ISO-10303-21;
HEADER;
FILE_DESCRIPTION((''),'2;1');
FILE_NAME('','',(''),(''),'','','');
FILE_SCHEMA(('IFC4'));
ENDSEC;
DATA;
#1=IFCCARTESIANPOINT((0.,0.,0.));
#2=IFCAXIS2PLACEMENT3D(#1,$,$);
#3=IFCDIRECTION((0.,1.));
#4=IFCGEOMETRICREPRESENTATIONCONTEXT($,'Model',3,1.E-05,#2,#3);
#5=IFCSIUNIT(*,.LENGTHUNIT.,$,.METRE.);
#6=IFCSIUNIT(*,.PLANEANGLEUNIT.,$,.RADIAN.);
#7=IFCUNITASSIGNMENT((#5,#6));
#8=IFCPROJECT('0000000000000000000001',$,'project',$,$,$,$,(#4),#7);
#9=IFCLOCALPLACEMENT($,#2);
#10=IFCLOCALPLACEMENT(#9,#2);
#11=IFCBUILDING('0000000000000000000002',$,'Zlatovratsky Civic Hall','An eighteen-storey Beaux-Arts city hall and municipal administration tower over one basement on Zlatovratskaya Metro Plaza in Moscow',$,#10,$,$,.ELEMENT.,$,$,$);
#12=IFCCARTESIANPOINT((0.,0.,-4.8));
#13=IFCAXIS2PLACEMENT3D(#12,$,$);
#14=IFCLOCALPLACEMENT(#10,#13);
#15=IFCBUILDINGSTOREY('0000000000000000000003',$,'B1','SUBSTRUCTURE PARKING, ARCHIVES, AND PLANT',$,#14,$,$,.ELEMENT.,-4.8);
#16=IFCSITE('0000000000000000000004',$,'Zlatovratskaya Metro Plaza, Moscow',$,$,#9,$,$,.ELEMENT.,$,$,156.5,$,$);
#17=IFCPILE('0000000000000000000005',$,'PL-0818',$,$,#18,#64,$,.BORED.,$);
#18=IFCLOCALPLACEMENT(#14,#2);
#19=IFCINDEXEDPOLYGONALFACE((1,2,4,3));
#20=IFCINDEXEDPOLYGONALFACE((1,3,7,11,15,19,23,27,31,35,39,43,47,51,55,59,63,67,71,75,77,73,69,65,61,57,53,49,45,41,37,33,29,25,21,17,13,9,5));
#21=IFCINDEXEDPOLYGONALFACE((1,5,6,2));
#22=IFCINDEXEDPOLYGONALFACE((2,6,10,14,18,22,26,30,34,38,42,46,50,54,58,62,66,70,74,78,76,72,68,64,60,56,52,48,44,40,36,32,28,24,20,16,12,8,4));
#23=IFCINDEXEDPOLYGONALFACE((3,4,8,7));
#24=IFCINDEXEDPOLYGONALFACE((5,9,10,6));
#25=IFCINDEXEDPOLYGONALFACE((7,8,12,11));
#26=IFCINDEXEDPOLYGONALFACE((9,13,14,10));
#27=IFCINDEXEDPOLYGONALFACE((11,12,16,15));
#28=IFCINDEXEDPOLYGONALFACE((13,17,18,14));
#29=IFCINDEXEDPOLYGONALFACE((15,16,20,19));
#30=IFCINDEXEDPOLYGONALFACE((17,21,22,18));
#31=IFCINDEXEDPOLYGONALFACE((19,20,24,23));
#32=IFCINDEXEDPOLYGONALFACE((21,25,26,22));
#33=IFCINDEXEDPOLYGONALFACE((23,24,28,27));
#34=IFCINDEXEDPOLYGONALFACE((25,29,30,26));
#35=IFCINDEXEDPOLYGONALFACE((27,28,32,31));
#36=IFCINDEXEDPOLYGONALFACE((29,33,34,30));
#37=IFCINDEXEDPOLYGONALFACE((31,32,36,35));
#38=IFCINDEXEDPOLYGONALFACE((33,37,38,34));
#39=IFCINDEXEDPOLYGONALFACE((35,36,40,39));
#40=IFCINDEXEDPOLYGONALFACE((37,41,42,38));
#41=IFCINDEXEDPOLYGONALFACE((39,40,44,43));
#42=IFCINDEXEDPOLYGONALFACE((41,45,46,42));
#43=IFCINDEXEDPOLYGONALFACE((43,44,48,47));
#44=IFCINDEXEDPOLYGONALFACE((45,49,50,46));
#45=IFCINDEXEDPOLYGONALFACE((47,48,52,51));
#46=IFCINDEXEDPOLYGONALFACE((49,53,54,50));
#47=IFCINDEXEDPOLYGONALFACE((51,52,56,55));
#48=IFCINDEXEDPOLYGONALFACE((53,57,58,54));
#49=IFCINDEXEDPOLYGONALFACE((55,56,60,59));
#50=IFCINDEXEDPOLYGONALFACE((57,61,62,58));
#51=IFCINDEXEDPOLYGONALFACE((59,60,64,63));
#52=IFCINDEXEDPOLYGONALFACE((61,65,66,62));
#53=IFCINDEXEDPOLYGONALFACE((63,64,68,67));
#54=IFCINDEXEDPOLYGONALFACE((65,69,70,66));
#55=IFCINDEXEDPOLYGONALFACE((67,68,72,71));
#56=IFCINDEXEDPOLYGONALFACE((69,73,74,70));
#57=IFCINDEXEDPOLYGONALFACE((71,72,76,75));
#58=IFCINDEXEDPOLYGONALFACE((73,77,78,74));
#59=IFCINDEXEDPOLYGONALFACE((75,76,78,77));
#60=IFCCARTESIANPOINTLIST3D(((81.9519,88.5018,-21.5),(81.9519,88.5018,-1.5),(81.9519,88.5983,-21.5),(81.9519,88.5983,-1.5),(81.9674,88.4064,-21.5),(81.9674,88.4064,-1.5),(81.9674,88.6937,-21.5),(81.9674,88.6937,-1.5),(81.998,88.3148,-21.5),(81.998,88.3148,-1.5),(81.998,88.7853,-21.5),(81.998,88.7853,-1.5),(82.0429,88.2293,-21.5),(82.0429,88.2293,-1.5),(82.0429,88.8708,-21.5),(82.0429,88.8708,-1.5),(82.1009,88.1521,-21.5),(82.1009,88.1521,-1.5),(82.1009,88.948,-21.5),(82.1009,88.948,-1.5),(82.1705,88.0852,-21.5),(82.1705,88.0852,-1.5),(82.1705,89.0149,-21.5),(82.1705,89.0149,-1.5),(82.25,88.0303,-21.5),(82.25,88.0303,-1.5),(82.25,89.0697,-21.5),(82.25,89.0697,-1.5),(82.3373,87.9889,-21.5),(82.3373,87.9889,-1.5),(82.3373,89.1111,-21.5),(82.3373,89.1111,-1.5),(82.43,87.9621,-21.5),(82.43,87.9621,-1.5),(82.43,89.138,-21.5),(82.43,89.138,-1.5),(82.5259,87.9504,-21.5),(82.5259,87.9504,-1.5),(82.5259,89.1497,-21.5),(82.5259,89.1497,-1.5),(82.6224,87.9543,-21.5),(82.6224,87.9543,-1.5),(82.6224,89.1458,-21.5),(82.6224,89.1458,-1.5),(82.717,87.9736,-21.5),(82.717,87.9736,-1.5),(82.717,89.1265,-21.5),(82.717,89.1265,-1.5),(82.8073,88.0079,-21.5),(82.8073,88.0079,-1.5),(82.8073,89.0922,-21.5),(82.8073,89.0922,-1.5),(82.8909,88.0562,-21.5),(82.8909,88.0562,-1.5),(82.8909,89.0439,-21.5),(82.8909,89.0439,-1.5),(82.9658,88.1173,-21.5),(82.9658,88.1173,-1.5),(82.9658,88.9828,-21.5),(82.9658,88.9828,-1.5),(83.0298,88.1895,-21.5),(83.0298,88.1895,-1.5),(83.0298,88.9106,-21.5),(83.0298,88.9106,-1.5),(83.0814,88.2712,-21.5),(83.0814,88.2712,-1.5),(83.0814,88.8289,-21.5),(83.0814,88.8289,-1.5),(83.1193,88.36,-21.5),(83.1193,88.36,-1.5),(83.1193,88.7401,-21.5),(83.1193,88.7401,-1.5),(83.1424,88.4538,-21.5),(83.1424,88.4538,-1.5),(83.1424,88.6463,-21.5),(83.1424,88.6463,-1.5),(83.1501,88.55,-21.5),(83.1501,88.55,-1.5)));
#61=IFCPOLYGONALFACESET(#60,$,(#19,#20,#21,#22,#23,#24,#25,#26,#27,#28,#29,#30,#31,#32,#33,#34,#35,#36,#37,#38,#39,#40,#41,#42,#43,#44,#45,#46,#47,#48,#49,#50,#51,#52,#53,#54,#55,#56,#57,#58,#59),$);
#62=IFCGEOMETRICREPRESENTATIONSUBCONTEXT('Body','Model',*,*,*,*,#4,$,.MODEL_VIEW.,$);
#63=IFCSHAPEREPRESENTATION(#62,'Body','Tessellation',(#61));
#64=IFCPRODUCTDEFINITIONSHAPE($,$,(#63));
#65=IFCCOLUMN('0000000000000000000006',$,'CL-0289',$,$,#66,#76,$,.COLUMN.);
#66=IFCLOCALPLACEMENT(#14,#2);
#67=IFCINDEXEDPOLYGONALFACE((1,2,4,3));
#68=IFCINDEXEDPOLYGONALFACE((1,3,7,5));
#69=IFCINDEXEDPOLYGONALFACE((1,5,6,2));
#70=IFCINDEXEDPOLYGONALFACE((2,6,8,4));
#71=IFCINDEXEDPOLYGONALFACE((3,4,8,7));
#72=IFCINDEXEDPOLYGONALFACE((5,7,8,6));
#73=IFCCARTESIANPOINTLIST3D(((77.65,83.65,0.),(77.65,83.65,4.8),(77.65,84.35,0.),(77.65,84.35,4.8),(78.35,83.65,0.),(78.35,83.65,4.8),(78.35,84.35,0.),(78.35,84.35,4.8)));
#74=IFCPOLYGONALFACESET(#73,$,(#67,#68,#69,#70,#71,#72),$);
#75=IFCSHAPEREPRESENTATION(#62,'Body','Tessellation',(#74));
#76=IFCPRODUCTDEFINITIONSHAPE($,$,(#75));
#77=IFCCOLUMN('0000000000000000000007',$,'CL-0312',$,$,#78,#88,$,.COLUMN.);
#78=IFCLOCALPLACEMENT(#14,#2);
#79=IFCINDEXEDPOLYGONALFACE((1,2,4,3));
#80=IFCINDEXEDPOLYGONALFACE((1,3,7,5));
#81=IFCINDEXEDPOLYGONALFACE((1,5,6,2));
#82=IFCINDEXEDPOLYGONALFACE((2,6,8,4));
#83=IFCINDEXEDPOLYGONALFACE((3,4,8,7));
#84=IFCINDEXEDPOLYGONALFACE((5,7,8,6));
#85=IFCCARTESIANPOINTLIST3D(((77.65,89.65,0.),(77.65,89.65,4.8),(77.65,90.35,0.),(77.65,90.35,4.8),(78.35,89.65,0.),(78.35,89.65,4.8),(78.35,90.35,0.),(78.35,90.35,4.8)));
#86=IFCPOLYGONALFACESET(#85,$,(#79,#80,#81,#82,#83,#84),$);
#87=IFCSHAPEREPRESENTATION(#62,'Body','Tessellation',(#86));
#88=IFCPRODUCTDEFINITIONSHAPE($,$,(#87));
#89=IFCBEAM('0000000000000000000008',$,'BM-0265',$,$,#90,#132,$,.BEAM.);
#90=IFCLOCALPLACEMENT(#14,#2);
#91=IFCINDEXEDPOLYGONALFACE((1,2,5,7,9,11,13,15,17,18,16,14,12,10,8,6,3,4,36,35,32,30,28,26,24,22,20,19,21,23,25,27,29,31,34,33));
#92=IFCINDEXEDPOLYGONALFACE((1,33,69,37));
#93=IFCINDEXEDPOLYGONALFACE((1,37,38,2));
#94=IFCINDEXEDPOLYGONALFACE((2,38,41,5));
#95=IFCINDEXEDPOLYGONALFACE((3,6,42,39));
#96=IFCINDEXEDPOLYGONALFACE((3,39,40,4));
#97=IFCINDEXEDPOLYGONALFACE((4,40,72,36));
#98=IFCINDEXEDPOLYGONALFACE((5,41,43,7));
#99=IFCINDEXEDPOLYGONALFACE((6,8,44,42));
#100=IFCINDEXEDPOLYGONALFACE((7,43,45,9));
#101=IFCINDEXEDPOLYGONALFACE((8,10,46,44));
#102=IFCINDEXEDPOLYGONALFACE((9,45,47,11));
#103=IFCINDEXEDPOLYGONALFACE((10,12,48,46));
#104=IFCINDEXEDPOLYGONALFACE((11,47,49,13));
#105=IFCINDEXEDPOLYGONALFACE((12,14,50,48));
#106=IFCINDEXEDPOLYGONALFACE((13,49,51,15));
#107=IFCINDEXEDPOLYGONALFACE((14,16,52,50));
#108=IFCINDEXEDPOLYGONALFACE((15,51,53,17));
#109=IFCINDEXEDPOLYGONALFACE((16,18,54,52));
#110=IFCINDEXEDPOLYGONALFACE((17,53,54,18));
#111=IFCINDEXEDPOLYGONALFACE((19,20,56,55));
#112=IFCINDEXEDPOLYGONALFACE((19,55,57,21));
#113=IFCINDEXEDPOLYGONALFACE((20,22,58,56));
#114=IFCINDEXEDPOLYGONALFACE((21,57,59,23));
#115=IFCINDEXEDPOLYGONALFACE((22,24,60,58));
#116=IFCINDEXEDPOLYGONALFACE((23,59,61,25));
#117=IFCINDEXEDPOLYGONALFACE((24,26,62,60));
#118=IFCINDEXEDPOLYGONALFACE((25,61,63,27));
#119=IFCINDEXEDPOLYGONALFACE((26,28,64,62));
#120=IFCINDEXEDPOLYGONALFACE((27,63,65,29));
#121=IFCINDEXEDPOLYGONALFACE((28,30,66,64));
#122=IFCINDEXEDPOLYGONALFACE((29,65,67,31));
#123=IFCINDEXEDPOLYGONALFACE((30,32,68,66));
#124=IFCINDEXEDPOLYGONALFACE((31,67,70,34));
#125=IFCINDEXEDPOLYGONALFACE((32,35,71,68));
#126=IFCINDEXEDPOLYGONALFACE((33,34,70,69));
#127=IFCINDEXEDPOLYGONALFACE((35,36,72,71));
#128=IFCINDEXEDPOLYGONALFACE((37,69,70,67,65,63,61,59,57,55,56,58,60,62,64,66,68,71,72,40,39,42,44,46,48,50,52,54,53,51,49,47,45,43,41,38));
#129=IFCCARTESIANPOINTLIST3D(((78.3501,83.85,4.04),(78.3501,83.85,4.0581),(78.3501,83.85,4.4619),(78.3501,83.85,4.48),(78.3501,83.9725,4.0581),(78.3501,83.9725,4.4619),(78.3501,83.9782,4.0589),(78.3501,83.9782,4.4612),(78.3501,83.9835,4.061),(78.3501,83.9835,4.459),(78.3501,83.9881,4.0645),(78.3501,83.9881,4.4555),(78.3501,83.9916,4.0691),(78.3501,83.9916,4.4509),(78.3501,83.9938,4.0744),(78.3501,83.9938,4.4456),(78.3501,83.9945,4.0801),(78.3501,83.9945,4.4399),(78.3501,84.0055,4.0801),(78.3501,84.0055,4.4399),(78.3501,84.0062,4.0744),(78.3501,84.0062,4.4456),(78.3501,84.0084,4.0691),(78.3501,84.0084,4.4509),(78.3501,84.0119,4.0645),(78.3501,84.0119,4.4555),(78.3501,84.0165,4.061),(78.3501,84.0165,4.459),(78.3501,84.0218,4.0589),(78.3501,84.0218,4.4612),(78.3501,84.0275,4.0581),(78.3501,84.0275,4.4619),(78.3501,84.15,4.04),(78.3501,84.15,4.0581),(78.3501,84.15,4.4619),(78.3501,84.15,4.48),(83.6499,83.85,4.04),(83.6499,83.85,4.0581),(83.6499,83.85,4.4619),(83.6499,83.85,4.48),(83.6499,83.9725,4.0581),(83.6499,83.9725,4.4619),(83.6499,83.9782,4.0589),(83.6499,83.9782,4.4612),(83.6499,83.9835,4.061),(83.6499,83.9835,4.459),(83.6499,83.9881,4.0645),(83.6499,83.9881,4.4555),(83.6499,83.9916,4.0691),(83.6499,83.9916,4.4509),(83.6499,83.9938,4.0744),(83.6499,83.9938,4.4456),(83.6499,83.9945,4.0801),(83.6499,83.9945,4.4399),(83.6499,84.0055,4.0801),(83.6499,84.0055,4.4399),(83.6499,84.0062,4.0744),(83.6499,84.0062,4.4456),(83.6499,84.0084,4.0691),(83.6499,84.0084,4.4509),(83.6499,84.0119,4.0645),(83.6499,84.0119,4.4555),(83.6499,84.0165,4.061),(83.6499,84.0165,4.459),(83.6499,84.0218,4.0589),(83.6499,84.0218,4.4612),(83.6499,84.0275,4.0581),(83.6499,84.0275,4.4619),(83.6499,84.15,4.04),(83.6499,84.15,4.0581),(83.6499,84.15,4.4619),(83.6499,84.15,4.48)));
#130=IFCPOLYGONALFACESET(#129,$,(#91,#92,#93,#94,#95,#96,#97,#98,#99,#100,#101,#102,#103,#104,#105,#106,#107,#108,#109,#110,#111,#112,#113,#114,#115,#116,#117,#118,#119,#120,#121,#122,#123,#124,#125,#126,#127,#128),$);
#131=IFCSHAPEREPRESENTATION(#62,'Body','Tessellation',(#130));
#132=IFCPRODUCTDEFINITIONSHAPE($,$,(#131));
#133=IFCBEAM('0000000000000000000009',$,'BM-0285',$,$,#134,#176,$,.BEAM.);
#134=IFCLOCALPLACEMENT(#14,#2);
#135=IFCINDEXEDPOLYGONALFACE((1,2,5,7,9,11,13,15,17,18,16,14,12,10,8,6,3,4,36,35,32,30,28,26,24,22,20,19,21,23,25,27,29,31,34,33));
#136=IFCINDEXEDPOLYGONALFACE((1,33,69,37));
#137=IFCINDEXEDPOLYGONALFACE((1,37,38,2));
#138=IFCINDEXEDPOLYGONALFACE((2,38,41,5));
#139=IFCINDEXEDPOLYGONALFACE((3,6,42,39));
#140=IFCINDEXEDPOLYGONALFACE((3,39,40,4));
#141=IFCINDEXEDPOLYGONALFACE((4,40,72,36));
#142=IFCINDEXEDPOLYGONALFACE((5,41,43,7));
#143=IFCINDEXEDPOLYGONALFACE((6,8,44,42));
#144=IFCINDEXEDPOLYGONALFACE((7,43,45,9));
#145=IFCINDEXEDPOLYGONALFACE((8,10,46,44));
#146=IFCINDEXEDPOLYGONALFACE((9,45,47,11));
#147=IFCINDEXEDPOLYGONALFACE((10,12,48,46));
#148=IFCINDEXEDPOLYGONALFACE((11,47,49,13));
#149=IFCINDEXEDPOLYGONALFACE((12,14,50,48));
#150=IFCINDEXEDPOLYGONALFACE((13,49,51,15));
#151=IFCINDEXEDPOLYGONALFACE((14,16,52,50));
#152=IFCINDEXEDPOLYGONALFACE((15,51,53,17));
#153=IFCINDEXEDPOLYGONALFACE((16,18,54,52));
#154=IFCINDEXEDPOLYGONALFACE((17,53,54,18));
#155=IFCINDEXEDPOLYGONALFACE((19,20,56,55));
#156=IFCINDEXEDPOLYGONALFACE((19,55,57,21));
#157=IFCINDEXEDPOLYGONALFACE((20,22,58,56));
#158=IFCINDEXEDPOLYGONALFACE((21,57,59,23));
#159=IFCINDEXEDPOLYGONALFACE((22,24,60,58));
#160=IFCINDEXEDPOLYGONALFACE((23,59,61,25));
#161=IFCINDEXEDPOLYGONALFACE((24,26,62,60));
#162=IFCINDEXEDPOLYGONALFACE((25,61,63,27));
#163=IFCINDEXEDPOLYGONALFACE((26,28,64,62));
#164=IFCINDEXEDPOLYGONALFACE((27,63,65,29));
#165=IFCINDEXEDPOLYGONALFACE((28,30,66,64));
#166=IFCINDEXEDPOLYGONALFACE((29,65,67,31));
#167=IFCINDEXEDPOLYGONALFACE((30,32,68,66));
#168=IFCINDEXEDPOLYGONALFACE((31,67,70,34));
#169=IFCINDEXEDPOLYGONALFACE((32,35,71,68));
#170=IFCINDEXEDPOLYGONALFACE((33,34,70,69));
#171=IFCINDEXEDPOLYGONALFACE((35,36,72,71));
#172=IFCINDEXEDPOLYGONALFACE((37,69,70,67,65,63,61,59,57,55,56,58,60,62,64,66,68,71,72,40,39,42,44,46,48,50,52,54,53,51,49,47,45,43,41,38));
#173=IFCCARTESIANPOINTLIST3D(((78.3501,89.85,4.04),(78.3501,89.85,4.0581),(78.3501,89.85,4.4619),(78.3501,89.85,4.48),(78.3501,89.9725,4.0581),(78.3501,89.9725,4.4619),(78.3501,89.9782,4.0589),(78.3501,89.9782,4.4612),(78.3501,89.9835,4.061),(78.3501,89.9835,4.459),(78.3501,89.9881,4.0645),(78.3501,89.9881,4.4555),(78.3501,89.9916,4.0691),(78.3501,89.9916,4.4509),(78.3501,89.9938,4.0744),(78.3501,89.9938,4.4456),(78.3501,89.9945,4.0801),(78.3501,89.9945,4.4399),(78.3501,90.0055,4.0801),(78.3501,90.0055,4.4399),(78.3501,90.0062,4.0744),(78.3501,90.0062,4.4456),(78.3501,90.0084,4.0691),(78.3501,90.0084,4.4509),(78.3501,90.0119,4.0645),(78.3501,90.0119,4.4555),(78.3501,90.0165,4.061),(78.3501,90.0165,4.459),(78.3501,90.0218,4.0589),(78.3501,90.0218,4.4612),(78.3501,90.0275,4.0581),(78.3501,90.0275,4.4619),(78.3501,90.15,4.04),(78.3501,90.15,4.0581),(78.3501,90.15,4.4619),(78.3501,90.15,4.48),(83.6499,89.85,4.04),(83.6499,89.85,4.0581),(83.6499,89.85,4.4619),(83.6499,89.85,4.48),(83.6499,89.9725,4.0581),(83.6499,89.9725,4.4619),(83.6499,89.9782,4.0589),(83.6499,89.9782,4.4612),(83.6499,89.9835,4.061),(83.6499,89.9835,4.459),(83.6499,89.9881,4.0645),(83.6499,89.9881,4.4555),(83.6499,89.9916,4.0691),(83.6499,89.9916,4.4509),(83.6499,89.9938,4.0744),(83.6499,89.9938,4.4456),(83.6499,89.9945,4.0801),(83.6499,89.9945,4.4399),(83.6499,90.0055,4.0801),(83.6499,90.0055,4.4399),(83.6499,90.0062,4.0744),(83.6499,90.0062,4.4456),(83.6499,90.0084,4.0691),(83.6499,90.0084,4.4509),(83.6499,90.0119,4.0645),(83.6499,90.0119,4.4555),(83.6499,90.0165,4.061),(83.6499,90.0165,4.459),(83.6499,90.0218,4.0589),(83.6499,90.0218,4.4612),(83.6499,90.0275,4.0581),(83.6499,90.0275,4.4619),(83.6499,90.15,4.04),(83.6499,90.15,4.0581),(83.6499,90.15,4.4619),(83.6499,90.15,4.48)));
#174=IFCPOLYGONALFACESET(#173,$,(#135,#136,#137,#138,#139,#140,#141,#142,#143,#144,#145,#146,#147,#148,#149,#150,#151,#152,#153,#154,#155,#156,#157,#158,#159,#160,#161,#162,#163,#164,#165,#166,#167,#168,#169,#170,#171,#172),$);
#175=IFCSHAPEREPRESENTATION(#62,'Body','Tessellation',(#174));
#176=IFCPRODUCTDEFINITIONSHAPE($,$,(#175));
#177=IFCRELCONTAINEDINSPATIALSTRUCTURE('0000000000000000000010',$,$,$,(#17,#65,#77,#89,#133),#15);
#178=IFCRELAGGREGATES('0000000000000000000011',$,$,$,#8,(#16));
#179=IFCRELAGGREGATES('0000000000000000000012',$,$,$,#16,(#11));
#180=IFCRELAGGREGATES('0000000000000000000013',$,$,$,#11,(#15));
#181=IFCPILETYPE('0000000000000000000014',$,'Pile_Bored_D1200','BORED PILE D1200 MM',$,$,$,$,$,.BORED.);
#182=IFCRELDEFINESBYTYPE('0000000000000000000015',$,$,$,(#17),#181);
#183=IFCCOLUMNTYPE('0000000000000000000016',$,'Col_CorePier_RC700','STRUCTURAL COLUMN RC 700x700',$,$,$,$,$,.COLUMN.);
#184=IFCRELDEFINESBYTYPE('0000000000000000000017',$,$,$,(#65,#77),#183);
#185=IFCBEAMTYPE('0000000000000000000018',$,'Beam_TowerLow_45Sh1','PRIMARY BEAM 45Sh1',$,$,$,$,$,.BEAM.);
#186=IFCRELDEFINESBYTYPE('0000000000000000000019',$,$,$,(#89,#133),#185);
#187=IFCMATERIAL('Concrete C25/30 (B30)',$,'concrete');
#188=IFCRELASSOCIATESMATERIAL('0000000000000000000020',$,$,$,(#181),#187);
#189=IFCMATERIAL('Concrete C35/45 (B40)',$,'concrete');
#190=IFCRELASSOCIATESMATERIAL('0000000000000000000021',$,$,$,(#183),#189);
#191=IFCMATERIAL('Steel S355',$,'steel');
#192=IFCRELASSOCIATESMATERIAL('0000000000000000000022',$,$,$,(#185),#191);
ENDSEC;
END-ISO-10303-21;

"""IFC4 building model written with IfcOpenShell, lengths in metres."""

from ifc_helpers import new_model, si_unit, direction, frame, origin, origin_2d, place, context, subcontext, project, spatial, rectangle, circle, i_section, extrude, material, material_profile, profile_set, type_object, element, save


model = new_model("IFC4")

# Units and contexts
model_context = context("Model", 3, precision=1e-05, world=origin(), true_north=direction((0.0, 1.0)))
body_context = subcontext(model_context, "Body", "Model", "MODEL_VIEW")
ifc_project = project(units=[si_unit("LENGTHUNIT", "METRE"), si_unit("PLANEANGLEUNIT", "RADIAN")], contexts=[model_context])

# Site, building, storey
site_placement = place(None, origin())
site = spatial("IfcSite", under=ifc_project, at=site_placement, Name="Zlatovratskaya Metro Plaza, Moscow", CompositionType="ELEMENT", RefElevation=156.5)
building_placement = place(site_placement, origin())
building = spatial("IfcBuilding", under=site, at=building_placement, Name="Zlatovratsky Civic Hall", Description="An eighteen-storey Beaux-Arts city hall and municipal administration tower over one basement on Zlatovratskaya Metro Plaza in Moscow", CompositionType="ELEMENT")
storey_placement = place(building_placement, frame((0.0, 0.0, -4.8)))
storey = spatial("IfcBuildingStorey", under=building, at=storey_placement, Name="B1", Description="SUBSTRUCTURE PARKING, ARCHIVES, AND PLANT", CompositionType="ELEMENT", Elevation=-4.8)

# Shared definitions
ifc_material_1 = material(Name="Concrete C25/30 (B30)", Category="concrete")

# Pile
ifc_material_profile_1 = material_profile(ifc_material_1, circle(Radius=0.6001, at=origin_2d()), Name="PILE D1200")
ifc_profile_set_1 = profile_set([ifc_material_profile_1], Name="Concrete C25/30 (B30)")
pile_type = type_object("IfcPileType", Name="Pile_Bored_D1200", Description="BORED PILE D1200 MM", PredefinedType="BORED", material=ifc_profile_set_1)
for number, where, z_axis, x_axis, name in (
    (1, (82.55, 88.55, -1.5), (0.0, 0.0, -1.0), (1.0, 0.0, 0.0), "PL-0818"),
):
    element("IfcPile", number, at=place(storey_placement, frame(where, z_axis=z_axis, x_axis=x_axis)), inside=storey, type_object=pile_type, Name=name, PredefinedType="BORED", context=body_context, shape_type="SweptSolid", body=[
        extrude(circle(Radius=0.6001, at=origin_2d()), origin(), (0.0, 0.0, 1.0), 20.0),
    ])

# Columns
ifc_material_2 = material(Name="Concrete C35/45 (B40)", Category="concrete")
ifc_material_profile_2 = material_profile(ifc_material_2, rectangle(XDim=0.7, YDim=0.7, at=origin_2d()), Name="RC 700x700")
ifc_profile_set_2 = profile_set([ifc_material_profile_2], Name="Concrete C35/45 (B40)")
column_type = type_object("IfcColumnType", Name="Col_CorePier_RC700", Description="STRUCTURAL COLUMN RC 700x700", PredefinedType="COLUMN", material=ifc_profile_set_2)
for number, where, z_axis, x_axis, name in (
    (2, (78.0, 84.0, 0.0), (0.0, 0.0, 1.0), (1.0, 0.0, 0.0), "CL-0289"),
    (3, (78.0, 90.0, 0.0), (0.0, 0.0, 1.0), (1.0, 0.0, 0.0), "CL-0312"),
):
    element("IfcColumn", number, at=place(storey_placement, frame(where, z_axis=z_axis, x_axis=x_axis)), inside=storey, type_object=column_type, Name=name, PredefinedType="COLUMN", context=body_context, shape_type="SweptSolid", body=[
        extrude(rectangle(XDim=0.7, YDim=0.7, at=origin_2d()), origin(), (0.0, 0.0, 1.0), 4.8),
    ])

# Beams
ifc_material_3 = material(Name="Steel S355", Category="steel")
ifc_material_profile_3 = material_profile(ifc_material_3, i_section(OverallWidth=0.3, OverallDepth=0.4399, WebThickness=0.011, FlangeThickness=0.0181, FilletRadius=0.022, at=origin_2d()), Name="45Sh1")
ifc_profile_set_3 = profile_set([ifc_material_profile_3], Name="Steel S355")
beam_type_1 = type_object("IfcBeamType", Name="Beam_TowerLow_45Sh1", Description="PRIMARY BEAM 45Sh1", PredefinedType="BEAM", material=ifc_profile_set_3)
for number, where, z_axis, x_axis, name in (
    (4, (78.3501, 84.0, 4.26), (1.0, 0.0, 0.0), (0.0, 1.0, 0.0), "BM-0265"),
    (5, (78.3501, 90.0, 4.26), (1.0, 0.0, 0.0), (0.0, 1.0, 0.0), "BM-0285"),
):
    element("IfcBeam", number, at=place(storey_placement, frame(where, z_axis=z_axis, x_axis=x_axis)), inside=storey, type_object=beam_type_1, Name=name, PredefinedType="BEAM", context=body_context, shape_type="SweptSolid", body=[
        extrude(i_section(OverallWidth=0.3, OverallDepth=0.4399, WebThickness=0.011, FlangeThickness=0.0181, FilletRadius=0.022, at=origin_2d()), origin(), (0.0, 0.0, 1.0), 5.2998),
    ])

save(model, "model.ifc")
